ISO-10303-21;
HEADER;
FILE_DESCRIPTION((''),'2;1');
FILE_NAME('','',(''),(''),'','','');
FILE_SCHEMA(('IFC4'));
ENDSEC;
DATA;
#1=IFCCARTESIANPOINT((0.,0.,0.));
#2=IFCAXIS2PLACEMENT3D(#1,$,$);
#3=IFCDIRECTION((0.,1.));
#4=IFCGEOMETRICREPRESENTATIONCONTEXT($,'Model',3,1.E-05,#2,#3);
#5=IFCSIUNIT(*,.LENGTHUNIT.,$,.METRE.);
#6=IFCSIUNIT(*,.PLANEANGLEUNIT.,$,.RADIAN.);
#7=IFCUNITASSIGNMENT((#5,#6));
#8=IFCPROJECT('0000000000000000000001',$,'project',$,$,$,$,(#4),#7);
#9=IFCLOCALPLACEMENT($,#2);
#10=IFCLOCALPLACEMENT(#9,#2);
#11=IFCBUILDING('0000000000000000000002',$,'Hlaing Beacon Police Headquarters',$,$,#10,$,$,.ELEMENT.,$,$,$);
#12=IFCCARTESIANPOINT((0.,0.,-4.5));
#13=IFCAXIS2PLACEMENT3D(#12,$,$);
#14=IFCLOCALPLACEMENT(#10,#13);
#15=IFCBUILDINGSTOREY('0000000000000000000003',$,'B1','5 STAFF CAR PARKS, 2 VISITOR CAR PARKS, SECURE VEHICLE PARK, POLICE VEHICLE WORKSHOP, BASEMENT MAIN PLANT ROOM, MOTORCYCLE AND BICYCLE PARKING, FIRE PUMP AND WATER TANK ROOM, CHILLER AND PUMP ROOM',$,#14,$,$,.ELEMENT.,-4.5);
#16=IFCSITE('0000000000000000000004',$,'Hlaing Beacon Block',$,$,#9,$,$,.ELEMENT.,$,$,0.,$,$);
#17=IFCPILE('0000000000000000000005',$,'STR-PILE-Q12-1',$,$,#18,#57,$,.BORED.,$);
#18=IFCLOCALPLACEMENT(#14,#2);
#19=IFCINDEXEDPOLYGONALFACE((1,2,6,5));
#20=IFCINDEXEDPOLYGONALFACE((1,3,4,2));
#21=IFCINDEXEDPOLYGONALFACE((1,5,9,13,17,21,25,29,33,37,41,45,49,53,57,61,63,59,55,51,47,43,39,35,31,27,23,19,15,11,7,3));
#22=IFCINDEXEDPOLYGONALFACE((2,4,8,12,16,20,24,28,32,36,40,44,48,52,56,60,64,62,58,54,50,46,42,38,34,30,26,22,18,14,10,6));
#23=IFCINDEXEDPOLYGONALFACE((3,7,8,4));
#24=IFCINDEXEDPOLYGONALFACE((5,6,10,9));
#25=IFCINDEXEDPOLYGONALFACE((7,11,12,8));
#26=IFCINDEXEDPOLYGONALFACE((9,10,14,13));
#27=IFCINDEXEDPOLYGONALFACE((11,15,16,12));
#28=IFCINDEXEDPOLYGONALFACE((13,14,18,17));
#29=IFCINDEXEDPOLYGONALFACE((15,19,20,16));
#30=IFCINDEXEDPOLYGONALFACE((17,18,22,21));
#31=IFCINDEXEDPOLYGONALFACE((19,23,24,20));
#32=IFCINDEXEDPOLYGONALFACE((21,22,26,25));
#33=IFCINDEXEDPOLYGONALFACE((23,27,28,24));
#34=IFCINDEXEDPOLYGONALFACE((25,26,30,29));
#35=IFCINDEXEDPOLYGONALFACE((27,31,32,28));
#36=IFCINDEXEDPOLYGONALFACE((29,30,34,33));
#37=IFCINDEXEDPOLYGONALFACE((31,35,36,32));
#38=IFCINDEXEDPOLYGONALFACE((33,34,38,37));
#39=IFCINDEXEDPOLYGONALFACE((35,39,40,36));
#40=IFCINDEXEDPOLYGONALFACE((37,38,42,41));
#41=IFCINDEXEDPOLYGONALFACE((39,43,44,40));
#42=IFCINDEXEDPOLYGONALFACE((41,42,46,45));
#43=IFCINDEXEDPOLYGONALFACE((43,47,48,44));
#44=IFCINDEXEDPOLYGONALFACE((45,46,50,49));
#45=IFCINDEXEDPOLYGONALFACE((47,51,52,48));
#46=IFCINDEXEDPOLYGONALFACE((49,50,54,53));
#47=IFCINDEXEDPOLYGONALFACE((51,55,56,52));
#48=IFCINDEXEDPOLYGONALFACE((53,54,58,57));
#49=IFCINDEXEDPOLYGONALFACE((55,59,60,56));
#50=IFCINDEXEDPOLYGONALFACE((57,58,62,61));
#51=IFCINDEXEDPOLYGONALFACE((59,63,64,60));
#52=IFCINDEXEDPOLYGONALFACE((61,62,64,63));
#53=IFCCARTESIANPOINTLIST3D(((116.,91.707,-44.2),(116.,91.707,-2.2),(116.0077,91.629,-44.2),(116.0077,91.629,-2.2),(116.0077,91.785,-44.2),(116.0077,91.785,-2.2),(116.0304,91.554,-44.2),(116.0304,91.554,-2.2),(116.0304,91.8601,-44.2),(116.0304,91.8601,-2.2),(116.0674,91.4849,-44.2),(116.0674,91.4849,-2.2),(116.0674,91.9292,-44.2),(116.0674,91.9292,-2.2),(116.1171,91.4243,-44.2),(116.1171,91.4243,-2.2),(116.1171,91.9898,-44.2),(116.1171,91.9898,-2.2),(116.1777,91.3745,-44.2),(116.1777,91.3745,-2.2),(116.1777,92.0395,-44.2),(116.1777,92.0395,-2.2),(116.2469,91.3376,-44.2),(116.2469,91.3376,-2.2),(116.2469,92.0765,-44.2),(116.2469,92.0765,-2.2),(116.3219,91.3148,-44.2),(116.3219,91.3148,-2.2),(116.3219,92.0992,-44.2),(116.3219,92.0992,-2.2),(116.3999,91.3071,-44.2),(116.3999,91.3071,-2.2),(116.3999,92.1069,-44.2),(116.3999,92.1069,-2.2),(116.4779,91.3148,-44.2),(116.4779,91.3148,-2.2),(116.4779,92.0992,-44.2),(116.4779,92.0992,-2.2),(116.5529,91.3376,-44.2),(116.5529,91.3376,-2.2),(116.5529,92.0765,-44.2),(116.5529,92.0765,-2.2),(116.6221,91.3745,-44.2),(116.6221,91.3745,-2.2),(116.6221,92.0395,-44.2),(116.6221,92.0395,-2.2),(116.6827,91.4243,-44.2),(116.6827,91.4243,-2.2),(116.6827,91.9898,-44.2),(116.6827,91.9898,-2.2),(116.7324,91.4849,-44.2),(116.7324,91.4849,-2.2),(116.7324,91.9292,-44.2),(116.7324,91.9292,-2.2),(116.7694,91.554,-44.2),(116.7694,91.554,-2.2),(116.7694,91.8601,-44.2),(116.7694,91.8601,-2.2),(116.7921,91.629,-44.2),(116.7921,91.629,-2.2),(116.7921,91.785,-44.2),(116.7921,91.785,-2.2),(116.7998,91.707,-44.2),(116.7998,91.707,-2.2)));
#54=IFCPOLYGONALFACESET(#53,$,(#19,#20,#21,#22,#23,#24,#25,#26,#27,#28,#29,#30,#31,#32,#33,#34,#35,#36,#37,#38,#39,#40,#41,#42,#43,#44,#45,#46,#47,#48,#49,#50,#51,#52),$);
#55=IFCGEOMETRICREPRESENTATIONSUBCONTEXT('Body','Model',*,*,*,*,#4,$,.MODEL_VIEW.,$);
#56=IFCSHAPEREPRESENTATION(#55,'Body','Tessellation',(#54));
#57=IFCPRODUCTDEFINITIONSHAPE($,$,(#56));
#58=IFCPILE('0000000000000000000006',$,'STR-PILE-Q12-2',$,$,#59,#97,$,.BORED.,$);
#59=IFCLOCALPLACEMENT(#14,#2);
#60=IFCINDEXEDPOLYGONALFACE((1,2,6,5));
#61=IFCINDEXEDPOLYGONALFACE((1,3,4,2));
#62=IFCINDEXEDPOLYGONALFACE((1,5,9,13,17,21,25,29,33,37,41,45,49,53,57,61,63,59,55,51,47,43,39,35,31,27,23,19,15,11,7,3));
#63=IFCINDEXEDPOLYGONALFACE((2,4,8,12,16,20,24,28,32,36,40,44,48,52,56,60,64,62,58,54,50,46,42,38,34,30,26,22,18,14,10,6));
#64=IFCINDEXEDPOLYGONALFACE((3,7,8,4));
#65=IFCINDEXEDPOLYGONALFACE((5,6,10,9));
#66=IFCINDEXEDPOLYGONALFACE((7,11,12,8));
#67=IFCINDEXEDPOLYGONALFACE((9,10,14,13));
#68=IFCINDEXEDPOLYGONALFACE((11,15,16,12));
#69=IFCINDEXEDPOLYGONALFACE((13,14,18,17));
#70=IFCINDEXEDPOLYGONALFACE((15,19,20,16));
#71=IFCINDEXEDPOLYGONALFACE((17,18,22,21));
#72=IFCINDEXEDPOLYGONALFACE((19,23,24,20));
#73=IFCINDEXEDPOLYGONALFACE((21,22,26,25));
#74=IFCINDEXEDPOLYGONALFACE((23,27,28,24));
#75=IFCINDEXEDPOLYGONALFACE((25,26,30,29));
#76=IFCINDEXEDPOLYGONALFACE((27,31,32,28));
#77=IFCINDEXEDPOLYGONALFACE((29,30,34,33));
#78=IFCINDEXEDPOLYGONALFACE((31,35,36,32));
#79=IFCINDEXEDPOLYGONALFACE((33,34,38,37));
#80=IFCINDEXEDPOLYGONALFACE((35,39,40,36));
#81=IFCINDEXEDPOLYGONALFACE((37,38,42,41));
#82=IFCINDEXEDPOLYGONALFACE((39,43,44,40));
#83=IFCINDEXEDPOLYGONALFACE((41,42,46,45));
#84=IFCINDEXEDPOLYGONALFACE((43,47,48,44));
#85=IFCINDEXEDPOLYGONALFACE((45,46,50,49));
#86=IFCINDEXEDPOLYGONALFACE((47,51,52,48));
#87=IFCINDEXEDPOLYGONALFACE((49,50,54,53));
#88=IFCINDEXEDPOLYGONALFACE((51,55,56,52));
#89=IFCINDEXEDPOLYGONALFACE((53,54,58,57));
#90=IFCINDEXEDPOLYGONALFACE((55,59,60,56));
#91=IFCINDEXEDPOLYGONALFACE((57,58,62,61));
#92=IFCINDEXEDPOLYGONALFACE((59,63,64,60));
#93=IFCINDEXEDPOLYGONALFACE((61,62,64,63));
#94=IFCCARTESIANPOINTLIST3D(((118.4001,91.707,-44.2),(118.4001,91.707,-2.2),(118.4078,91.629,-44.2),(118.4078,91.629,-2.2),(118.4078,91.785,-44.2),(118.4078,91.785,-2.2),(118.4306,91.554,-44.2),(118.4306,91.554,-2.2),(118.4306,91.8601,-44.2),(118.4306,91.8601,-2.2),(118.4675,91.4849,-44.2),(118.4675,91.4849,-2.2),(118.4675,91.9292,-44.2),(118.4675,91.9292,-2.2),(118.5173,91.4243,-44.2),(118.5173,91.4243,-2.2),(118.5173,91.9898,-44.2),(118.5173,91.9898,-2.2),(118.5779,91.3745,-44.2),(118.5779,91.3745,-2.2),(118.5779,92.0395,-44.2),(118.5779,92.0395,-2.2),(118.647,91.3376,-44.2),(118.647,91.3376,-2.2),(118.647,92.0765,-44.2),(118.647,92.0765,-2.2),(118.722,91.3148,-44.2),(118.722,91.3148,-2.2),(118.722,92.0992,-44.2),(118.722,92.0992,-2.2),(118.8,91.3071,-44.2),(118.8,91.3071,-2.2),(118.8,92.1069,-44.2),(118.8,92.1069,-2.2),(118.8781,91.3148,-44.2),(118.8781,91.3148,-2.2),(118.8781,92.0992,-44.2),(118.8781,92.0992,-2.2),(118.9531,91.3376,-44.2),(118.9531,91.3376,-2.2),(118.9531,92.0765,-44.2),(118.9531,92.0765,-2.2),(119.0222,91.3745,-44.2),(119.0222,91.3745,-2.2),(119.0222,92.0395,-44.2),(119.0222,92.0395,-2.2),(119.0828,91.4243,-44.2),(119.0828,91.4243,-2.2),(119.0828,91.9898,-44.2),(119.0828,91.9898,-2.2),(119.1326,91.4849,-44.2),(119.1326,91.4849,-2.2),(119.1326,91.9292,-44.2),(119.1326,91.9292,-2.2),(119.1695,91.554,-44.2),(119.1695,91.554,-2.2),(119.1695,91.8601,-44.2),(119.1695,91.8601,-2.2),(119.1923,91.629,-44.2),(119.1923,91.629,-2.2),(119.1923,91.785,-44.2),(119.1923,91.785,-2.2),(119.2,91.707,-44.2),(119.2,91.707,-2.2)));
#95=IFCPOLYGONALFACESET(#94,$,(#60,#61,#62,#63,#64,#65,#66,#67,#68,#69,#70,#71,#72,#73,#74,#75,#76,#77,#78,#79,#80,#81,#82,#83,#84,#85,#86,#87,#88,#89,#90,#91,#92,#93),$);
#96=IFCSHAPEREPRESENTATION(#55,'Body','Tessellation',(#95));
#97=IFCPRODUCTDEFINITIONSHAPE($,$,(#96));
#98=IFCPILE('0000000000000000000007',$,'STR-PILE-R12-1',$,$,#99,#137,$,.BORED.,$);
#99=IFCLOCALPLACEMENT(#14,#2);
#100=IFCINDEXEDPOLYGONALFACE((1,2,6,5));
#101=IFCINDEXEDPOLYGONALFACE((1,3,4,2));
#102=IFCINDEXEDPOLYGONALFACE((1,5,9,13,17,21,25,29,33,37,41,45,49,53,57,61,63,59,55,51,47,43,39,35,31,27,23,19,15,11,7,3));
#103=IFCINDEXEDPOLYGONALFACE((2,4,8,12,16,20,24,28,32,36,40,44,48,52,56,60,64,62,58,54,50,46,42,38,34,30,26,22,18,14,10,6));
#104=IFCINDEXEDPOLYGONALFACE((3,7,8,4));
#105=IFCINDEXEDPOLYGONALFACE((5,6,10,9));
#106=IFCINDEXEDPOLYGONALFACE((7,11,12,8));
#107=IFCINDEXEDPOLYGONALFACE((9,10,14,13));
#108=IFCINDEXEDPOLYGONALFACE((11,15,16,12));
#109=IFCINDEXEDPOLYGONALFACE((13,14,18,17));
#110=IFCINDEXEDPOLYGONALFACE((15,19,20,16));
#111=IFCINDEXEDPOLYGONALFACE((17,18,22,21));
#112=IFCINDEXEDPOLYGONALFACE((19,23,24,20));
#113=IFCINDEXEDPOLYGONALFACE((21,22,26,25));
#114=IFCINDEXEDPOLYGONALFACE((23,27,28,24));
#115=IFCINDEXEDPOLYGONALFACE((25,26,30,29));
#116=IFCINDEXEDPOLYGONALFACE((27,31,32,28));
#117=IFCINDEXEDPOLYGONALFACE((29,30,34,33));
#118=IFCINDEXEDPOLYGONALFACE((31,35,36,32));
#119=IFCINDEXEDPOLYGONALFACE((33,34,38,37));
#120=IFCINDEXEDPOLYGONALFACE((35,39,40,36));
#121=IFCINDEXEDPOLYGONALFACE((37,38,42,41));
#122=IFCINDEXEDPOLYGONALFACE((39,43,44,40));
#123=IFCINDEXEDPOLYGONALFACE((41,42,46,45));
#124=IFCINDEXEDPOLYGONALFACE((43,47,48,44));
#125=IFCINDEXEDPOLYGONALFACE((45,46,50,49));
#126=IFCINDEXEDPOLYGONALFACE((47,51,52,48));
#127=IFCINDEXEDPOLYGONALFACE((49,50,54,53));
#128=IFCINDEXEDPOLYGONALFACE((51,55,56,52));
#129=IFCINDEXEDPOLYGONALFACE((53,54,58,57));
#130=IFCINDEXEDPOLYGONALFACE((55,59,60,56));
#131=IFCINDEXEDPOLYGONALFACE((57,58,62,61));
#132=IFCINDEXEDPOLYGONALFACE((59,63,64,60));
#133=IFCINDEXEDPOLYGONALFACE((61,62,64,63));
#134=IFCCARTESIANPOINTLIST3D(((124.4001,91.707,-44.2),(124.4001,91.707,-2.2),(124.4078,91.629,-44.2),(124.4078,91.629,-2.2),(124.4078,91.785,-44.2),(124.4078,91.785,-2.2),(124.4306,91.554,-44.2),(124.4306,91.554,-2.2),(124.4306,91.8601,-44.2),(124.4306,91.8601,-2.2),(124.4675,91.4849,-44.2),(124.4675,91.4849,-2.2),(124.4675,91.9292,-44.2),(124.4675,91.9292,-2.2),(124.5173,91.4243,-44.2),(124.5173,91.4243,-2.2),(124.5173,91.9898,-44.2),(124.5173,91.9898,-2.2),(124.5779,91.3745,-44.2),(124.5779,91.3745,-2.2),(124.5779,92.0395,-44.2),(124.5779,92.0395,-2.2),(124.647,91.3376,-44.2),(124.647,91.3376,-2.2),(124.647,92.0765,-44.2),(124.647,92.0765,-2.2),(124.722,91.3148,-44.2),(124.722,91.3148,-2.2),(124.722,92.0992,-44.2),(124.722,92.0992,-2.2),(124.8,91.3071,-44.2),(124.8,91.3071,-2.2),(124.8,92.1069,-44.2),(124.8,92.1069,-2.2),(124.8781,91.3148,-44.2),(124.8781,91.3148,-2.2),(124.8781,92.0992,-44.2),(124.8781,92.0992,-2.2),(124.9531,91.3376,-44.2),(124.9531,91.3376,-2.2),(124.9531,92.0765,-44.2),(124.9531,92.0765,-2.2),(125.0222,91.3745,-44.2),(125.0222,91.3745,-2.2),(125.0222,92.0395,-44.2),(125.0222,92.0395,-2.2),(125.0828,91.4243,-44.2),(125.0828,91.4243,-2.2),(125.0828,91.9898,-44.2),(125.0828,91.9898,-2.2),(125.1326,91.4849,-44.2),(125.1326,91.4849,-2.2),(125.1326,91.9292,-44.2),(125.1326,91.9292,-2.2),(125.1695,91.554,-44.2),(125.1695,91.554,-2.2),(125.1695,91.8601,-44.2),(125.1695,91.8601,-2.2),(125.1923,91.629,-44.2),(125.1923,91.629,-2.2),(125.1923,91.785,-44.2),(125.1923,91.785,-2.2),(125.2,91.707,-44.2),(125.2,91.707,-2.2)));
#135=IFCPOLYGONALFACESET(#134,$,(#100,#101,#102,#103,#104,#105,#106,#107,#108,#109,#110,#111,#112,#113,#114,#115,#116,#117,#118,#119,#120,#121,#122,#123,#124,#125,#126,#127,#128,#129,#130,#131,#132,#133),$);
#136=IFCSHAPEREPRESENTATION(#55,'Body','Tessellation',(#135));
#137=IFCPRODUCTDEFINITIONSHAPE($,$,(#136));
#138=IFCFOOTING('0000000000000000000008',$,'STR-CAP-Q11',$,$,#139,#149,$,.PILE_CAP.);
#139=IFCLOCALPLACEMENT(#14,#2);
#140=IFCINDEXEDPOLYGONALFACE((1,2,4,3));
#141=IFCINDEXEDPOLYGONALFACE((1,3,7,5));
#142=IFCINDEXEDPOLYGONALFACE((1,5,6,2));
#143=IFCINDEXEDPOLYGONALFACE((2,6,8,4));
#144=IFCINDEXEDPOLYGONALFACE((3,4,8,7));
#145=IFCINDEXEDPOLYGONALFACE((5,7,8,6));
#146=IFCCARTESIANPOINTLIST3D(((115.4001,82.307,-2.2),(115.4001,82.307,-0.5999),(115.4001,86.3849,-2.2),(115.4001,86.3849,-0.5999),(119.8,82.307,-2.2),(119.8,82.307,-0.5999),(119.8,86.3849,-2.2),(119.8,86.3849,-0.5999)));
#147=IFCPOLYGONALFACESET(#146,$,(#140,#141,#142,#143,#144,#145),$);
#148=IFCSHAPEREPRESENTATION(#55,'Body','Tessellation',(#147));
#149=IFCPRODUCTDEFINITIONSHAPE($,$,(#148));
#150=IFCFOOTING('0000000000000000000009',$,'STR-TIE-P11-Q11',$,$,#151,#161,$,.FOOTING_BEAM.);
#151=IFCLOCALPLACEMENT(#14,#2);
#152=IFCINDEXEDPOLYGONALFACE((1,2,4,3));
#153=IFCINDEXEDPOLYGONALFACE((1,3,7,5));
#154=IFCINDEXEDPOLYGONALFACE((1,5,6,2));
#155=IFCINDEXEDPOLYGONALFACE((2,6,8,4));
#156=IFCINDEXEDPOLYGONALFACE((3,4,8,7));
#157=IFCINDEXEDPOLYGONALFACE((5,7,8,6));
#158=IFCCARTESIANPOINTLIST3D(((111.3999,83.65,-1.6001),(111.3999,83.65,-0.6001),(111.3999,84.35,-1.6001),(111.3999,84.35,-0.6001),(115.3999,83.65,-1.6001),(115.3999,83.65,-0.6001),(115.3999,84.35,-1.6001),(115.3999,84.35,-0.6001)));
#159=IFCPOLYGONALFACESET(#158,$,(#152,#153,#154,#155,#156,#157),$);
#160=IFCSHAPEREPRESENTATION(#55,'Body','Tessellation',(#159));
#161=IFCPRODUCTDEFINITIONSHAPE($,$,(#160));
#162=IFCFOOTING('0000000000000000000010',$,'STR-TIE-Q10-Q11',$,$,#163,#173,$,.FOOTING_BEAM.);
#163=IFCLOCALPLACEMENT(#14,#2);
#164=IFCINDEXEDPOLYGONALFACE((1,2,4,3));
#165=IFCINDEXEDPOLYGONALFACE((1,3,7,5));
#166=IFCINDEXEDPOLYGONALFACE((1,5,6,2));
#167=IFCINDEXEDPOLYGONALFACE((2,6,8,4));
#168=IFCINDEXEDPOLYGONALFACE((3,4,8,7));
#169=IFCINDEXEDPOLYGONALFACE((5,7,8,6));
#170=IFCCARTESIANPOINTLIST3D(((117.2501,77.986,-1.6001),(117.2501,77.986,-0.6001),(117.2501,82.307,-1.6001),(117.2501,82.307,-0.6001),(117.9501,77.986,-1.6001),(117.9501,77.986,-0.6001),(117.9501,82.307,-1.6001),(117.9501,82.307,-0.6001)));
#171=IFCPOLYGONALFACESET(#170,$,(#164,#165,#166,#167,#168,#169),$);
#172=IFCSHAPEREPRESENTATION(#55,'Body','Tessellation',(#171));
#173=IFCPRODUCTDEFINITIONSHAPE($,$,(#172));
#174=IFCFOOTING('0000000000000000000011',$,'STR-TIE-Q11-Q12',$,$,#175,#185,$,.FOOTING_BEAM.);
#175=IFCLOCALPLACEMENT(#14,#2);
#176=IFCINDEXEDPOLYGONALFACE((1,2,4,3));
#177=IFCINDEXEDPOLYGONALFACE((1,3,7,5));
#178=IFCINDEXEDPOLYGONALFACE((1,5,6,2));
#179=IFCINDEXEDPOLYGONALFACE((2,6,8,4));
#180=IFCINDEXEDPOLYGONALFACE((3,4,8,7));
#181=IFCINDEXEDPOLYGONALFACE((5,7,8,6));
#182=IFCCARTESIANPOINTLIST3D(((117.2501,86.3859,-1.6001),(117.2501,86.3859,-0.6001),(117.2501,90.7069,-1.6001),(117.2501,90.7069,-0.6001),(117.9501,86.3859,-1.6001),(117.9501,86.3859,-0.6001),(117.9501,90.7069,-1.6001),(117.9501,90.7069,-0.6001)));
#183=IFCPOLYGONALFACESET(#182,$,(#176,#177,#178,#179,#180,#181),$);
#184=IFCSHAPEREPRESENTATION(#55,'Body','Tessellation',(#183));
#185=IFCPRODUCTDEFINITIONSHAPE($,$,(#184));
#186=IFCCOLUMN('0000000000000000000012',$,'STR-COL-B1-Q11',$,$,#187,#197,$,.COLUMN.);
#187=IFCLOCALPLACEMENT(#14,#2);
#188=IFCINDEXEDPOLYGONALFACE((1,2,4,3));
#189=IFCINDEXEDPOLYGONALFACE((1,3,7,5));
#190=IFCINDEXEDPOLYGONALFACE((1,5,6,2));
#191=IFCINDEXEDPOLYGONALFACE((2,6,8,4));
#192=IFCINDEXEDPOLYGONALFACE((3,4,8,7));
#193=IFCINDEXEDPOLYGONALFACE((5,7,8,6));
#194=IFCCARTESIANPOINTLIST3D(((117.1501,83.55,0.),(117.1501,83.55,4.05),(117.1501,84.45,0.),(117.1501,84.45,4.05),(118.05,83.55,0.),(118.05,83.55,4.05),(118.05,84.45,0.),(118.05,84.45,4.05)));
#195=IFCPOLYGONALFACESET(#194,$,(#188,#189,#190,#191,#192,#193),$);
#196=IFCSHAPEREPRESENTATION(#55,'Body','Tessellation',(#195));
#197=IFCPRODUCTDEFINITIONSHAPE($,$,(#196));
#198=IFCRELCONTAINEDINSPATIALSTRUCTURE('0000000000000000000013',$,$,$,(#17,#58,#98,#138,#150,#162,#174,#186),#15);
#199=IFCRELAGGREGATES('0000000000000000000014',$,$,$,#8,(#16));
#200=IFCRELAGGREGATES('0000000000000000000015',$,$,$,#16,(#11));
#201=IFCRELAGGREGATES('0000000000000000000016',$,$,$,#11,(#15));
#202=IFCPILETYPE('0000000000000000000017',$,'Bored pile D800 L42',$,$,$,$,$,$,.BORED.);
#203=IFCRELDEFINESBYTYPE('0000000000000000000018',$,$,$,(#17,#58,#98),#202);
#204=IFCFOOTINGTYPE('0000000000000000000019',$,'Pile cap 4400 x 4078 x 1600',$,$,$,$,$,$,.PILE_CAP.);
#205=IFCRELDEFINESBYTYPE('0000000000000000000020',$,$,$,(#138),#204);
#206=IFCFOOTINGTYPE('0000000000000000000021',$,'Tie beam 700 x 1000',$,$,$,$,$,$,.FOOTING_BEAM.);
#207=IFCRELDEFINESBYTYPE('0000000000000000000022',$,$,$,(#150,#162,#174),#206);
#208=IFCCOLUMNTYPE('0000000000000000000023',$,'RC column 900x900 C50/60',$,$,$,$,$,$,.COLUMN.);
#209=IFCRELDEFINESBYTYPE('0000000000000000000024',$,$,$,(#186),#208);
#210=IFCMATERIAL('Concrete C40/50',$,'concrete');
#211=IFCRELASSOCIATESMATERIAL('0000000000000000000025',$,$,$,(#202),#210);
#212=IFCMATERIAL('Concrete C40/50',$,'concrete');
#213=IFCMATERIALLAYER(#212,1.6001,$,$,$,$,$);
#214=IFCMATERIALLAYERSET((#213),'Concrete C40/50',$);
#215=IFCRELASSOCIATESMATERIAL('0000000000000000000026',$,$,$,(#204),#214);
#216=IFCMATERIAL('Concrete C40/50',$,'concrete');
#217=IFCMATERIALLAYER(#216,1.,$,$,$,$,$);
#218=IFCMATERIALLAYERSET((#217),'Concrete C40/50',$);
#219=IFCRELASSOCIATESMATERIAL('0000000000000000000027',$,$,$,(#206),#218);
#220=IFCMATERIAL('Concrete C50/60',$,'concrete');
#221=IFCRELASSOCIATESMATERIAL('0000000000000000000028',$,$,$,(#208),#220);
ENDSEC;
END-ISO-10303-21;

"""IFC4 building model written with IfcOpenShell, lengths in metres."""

from ifc_helpers import new_model, si_unit, direction, frame, origin, origin_2d, place, context, subcontext, project, spatial, rectangle, circle, extrude, material, layer, layer_set, material_profile, profile_set, type_object, element, save


model = new_model("IFC4")

# Units and contexts
model_context = context("Model", 3, precision=1e-05, world=origin(), true_north=direction((0.0, 1.0)))
body_context = subcontext(model_context, "Body", "Model", "MODEL_VIEW")
ifc_project = project(units=[si_unit("LENGTHUNIT", "METRE"), si_unit("PLANEANGLEUNIT", "RADIAN")], contexts=[model_context])

# Site, building, storey
site_placement = place(None, origin())
site = spatial("IfcSite", under=ifc_project, at=site_placement, Name="Hlaing Beacon Block", CompositionType="ELEMENT", RefElevation=0.0)
building_placement = place(site_placement, origin())
building = spatial("IfcBuilding", under=site, at=building_placement, Name="Hlaing Beacon Police Headquarters", CompositionType="ELEMENT")
storey_placement = place(building_placement, frame((0.0, 0.0, -4.5)))
storey = spatial("IfcBuildingStorey", under=building, at=storey_placement, Name="B1", Description="5 STAFF CAR PARKS, 2 VISITOR CAR PARKS, SECURE VEHICLE PARK, POLICE VEHICLE WORKSHOP, BASEMENT MAIN PLANT ROOM, MOTORCYCLE AND BICYCLE PARKING, FIRE PUMP AND WATER TANK ROOM, CHILLER AND PUMP ROOM", CompositionType="ELEMENT", Elevation=-4.5)

# Piles
ifc_material_1 = material(Name="Concrete C40/50", Category="concrete")
ifc_material_profile_1 = material_profile(ifc_material_1, circle(Radius=0.3999, at=origin_2d()), Name="D800")
ifc_profile_set_1 = profile_set([ifc_material_profile_1], Name="Concrete C40/50")
pile_type_1 = type_object("IfcPileType", Name="Bored pile D800 L42", PredefinedType="BORED", material=ifc_profile_set_1)
for number, where, z_axis, x_axis, name in (
    (1, (116.3999, 91.707, -2.2), (0.0, 0.0, -1.0), (1.0, 0.0, 0.0), "STR-PILE-Q12-1"),
    (2, (118.8, 91.707, -2.2), (0.0, 0.0, -1.0), (1.0, 0.0, 0.0), "STR-PILE-Q12-2"),
    (3, (124.8, 91.707, -2.2), (0.0, 0.0, -1.0), (1.0, 0.0, 0.0), "STR-PILE-R12-1"),
):
    element("IfcPile", number, at=place(storey_placement, frame(where, z_axis=z_axis, x_axis=x_axis)), inside=storey, type_object=pile_type_1, Name=name, PredefinedType="BORED", context=body_context, shape_type="SweptSolid", body=[
        extrude(circle(Radius=0.3999, at=origin_2d()), origin(), (0.0, 0.0, 1.0), 42.0),
    ])

# Footings
ifc_material_2 = material(Name="Concrete C40/50", Category="concrete")
ifc_layer_1 = layer(ifc_material_2, 1.6001)
ifc_layer_set_1 = layer_set([ifc_layer_1], Name="Concrete C40/50")
footing_type_1 = type_object("IfcFootingType", Name="Pile cap 4400 x 4078 x 1600", PredefinedType="PILE_CAP", material=ifc_layer_set_1)
footing_1_placement = place(storey_placement, frame((117.6001, 84.3459, -2.2), z_axis=(0.0, 0.0, 1.0), x_axis=(1.0, 0.0, 0.0)))
element("IfcFooting", 4, at=footing_1_placement, inside=storey, type_object=footing_type_1, Name="STR-CAP-Q11", PredefinedType="PILE_CAP", context=body_context, shape_type="SweptSolid", body=[
    extrude(rectangle(XDim=4.3999, YDim=4.0779, at=origin_2d()), origin(), (0.0, 0.0, 1.0), 1.6001),
])
ifc_material_3 = material(Name="Concrete C40/50", Category="concrete")
ifc_layer_2 = layer(ifc_material_3, 1.0)
ifc_layer_set_2 = layer_set([ifc_layer_2], Name="Concrete C40/50")
footing_type_2 = type_object("IfcFootingType", Name="Tie beam 700 x 1000", PredefinedType="FOOTING_BEAM", material=ifc_layer_set_2)
footing_2_placement = place(storey_placement, frame((113.3999, 84.0, -1.6001), z_axis=(0.0, 0.0, 1.0), x_axis=(1.0, 0.0, 0.0)))
element("IfcFooting", 5, at=footing_2_placement, inside=storey, type_object=footing_type_2, Name="STR-TIE-P11-Q11", PredefinedType="FOOTING_BEAM", context=body_context, shape_type="SweptSolid", body=[
    extrude(rectangle(XDim=4.0, YDim=0.7, at=origin_2d()), origin(), (0.0, 0.0, 1.0), 1.0),
])
for number, where, z_axis, x_axis, name in (
    (6, (117.6001, 80.1465, -1.6001), (0.0, 0.0, 1.0), (1.0, 0.0, 0.0), "STR-TIE-Q10-Q11"),
    (7, (117.6001, 88.5464, -1.6001), (0.0, 0.0, 1.0), (1.0, 0.0, 0.0), "STR-TIE-Q11-Q12"),
):
    element("IfcFooting", number, at=place(storey_placement, frame(where, z_axis=z_axis, x_axis=x_axis)), inside=storey, type_object=footing_type_2, Name=name, PredefinedType="FOOTING_BEAM", context=body_context, shape_type="SweptSolid", body=[
        extrude(rectangle(XDim=0.7, YDim=4.321, at=origin_2d()), origin(), (0.0, 0.0, 1.0), 1.0),
    ])

# Column
ifc_material_4 = material(Name="Concrete C50/60", Category="concrete")
ifc_material_profile_2 = material_profile(ifc_material_4, rectangle(XDim=0.8999, YDim=0.8999, at=origin_2d()), Name="900x900")
ifc_profile_set_2 = profile_set([ifc_material_profile_2], Name="Concrete C50/60")
column_type = type_object("IfcColumnType", Name="RC column 900x900 C50/60", PredefinedType="COLUMN", material=ifc_profile_set_2)
column_placement = place(storey_placement, frame((117.6001, 84.0, 0.0), z_axis=(0.0, 0.0, 1.0), x_axis=(1.0, 0.0, 0.0)))
element("IfcColumn", 8, at=column_placement, inside=storey, type_object=column_type, Name="STR-COL-B1-Q11", PredefinedType="COLUMN", context=body_context, shape_type="SweptSolid", body=[
    extrude(rectangle(XDim=0.8999, YDim=0.8999, at=origin_2d()), origin(), (0.0, 0.0, 1.0), 4.05),
])

save(model, "model.ifc")
